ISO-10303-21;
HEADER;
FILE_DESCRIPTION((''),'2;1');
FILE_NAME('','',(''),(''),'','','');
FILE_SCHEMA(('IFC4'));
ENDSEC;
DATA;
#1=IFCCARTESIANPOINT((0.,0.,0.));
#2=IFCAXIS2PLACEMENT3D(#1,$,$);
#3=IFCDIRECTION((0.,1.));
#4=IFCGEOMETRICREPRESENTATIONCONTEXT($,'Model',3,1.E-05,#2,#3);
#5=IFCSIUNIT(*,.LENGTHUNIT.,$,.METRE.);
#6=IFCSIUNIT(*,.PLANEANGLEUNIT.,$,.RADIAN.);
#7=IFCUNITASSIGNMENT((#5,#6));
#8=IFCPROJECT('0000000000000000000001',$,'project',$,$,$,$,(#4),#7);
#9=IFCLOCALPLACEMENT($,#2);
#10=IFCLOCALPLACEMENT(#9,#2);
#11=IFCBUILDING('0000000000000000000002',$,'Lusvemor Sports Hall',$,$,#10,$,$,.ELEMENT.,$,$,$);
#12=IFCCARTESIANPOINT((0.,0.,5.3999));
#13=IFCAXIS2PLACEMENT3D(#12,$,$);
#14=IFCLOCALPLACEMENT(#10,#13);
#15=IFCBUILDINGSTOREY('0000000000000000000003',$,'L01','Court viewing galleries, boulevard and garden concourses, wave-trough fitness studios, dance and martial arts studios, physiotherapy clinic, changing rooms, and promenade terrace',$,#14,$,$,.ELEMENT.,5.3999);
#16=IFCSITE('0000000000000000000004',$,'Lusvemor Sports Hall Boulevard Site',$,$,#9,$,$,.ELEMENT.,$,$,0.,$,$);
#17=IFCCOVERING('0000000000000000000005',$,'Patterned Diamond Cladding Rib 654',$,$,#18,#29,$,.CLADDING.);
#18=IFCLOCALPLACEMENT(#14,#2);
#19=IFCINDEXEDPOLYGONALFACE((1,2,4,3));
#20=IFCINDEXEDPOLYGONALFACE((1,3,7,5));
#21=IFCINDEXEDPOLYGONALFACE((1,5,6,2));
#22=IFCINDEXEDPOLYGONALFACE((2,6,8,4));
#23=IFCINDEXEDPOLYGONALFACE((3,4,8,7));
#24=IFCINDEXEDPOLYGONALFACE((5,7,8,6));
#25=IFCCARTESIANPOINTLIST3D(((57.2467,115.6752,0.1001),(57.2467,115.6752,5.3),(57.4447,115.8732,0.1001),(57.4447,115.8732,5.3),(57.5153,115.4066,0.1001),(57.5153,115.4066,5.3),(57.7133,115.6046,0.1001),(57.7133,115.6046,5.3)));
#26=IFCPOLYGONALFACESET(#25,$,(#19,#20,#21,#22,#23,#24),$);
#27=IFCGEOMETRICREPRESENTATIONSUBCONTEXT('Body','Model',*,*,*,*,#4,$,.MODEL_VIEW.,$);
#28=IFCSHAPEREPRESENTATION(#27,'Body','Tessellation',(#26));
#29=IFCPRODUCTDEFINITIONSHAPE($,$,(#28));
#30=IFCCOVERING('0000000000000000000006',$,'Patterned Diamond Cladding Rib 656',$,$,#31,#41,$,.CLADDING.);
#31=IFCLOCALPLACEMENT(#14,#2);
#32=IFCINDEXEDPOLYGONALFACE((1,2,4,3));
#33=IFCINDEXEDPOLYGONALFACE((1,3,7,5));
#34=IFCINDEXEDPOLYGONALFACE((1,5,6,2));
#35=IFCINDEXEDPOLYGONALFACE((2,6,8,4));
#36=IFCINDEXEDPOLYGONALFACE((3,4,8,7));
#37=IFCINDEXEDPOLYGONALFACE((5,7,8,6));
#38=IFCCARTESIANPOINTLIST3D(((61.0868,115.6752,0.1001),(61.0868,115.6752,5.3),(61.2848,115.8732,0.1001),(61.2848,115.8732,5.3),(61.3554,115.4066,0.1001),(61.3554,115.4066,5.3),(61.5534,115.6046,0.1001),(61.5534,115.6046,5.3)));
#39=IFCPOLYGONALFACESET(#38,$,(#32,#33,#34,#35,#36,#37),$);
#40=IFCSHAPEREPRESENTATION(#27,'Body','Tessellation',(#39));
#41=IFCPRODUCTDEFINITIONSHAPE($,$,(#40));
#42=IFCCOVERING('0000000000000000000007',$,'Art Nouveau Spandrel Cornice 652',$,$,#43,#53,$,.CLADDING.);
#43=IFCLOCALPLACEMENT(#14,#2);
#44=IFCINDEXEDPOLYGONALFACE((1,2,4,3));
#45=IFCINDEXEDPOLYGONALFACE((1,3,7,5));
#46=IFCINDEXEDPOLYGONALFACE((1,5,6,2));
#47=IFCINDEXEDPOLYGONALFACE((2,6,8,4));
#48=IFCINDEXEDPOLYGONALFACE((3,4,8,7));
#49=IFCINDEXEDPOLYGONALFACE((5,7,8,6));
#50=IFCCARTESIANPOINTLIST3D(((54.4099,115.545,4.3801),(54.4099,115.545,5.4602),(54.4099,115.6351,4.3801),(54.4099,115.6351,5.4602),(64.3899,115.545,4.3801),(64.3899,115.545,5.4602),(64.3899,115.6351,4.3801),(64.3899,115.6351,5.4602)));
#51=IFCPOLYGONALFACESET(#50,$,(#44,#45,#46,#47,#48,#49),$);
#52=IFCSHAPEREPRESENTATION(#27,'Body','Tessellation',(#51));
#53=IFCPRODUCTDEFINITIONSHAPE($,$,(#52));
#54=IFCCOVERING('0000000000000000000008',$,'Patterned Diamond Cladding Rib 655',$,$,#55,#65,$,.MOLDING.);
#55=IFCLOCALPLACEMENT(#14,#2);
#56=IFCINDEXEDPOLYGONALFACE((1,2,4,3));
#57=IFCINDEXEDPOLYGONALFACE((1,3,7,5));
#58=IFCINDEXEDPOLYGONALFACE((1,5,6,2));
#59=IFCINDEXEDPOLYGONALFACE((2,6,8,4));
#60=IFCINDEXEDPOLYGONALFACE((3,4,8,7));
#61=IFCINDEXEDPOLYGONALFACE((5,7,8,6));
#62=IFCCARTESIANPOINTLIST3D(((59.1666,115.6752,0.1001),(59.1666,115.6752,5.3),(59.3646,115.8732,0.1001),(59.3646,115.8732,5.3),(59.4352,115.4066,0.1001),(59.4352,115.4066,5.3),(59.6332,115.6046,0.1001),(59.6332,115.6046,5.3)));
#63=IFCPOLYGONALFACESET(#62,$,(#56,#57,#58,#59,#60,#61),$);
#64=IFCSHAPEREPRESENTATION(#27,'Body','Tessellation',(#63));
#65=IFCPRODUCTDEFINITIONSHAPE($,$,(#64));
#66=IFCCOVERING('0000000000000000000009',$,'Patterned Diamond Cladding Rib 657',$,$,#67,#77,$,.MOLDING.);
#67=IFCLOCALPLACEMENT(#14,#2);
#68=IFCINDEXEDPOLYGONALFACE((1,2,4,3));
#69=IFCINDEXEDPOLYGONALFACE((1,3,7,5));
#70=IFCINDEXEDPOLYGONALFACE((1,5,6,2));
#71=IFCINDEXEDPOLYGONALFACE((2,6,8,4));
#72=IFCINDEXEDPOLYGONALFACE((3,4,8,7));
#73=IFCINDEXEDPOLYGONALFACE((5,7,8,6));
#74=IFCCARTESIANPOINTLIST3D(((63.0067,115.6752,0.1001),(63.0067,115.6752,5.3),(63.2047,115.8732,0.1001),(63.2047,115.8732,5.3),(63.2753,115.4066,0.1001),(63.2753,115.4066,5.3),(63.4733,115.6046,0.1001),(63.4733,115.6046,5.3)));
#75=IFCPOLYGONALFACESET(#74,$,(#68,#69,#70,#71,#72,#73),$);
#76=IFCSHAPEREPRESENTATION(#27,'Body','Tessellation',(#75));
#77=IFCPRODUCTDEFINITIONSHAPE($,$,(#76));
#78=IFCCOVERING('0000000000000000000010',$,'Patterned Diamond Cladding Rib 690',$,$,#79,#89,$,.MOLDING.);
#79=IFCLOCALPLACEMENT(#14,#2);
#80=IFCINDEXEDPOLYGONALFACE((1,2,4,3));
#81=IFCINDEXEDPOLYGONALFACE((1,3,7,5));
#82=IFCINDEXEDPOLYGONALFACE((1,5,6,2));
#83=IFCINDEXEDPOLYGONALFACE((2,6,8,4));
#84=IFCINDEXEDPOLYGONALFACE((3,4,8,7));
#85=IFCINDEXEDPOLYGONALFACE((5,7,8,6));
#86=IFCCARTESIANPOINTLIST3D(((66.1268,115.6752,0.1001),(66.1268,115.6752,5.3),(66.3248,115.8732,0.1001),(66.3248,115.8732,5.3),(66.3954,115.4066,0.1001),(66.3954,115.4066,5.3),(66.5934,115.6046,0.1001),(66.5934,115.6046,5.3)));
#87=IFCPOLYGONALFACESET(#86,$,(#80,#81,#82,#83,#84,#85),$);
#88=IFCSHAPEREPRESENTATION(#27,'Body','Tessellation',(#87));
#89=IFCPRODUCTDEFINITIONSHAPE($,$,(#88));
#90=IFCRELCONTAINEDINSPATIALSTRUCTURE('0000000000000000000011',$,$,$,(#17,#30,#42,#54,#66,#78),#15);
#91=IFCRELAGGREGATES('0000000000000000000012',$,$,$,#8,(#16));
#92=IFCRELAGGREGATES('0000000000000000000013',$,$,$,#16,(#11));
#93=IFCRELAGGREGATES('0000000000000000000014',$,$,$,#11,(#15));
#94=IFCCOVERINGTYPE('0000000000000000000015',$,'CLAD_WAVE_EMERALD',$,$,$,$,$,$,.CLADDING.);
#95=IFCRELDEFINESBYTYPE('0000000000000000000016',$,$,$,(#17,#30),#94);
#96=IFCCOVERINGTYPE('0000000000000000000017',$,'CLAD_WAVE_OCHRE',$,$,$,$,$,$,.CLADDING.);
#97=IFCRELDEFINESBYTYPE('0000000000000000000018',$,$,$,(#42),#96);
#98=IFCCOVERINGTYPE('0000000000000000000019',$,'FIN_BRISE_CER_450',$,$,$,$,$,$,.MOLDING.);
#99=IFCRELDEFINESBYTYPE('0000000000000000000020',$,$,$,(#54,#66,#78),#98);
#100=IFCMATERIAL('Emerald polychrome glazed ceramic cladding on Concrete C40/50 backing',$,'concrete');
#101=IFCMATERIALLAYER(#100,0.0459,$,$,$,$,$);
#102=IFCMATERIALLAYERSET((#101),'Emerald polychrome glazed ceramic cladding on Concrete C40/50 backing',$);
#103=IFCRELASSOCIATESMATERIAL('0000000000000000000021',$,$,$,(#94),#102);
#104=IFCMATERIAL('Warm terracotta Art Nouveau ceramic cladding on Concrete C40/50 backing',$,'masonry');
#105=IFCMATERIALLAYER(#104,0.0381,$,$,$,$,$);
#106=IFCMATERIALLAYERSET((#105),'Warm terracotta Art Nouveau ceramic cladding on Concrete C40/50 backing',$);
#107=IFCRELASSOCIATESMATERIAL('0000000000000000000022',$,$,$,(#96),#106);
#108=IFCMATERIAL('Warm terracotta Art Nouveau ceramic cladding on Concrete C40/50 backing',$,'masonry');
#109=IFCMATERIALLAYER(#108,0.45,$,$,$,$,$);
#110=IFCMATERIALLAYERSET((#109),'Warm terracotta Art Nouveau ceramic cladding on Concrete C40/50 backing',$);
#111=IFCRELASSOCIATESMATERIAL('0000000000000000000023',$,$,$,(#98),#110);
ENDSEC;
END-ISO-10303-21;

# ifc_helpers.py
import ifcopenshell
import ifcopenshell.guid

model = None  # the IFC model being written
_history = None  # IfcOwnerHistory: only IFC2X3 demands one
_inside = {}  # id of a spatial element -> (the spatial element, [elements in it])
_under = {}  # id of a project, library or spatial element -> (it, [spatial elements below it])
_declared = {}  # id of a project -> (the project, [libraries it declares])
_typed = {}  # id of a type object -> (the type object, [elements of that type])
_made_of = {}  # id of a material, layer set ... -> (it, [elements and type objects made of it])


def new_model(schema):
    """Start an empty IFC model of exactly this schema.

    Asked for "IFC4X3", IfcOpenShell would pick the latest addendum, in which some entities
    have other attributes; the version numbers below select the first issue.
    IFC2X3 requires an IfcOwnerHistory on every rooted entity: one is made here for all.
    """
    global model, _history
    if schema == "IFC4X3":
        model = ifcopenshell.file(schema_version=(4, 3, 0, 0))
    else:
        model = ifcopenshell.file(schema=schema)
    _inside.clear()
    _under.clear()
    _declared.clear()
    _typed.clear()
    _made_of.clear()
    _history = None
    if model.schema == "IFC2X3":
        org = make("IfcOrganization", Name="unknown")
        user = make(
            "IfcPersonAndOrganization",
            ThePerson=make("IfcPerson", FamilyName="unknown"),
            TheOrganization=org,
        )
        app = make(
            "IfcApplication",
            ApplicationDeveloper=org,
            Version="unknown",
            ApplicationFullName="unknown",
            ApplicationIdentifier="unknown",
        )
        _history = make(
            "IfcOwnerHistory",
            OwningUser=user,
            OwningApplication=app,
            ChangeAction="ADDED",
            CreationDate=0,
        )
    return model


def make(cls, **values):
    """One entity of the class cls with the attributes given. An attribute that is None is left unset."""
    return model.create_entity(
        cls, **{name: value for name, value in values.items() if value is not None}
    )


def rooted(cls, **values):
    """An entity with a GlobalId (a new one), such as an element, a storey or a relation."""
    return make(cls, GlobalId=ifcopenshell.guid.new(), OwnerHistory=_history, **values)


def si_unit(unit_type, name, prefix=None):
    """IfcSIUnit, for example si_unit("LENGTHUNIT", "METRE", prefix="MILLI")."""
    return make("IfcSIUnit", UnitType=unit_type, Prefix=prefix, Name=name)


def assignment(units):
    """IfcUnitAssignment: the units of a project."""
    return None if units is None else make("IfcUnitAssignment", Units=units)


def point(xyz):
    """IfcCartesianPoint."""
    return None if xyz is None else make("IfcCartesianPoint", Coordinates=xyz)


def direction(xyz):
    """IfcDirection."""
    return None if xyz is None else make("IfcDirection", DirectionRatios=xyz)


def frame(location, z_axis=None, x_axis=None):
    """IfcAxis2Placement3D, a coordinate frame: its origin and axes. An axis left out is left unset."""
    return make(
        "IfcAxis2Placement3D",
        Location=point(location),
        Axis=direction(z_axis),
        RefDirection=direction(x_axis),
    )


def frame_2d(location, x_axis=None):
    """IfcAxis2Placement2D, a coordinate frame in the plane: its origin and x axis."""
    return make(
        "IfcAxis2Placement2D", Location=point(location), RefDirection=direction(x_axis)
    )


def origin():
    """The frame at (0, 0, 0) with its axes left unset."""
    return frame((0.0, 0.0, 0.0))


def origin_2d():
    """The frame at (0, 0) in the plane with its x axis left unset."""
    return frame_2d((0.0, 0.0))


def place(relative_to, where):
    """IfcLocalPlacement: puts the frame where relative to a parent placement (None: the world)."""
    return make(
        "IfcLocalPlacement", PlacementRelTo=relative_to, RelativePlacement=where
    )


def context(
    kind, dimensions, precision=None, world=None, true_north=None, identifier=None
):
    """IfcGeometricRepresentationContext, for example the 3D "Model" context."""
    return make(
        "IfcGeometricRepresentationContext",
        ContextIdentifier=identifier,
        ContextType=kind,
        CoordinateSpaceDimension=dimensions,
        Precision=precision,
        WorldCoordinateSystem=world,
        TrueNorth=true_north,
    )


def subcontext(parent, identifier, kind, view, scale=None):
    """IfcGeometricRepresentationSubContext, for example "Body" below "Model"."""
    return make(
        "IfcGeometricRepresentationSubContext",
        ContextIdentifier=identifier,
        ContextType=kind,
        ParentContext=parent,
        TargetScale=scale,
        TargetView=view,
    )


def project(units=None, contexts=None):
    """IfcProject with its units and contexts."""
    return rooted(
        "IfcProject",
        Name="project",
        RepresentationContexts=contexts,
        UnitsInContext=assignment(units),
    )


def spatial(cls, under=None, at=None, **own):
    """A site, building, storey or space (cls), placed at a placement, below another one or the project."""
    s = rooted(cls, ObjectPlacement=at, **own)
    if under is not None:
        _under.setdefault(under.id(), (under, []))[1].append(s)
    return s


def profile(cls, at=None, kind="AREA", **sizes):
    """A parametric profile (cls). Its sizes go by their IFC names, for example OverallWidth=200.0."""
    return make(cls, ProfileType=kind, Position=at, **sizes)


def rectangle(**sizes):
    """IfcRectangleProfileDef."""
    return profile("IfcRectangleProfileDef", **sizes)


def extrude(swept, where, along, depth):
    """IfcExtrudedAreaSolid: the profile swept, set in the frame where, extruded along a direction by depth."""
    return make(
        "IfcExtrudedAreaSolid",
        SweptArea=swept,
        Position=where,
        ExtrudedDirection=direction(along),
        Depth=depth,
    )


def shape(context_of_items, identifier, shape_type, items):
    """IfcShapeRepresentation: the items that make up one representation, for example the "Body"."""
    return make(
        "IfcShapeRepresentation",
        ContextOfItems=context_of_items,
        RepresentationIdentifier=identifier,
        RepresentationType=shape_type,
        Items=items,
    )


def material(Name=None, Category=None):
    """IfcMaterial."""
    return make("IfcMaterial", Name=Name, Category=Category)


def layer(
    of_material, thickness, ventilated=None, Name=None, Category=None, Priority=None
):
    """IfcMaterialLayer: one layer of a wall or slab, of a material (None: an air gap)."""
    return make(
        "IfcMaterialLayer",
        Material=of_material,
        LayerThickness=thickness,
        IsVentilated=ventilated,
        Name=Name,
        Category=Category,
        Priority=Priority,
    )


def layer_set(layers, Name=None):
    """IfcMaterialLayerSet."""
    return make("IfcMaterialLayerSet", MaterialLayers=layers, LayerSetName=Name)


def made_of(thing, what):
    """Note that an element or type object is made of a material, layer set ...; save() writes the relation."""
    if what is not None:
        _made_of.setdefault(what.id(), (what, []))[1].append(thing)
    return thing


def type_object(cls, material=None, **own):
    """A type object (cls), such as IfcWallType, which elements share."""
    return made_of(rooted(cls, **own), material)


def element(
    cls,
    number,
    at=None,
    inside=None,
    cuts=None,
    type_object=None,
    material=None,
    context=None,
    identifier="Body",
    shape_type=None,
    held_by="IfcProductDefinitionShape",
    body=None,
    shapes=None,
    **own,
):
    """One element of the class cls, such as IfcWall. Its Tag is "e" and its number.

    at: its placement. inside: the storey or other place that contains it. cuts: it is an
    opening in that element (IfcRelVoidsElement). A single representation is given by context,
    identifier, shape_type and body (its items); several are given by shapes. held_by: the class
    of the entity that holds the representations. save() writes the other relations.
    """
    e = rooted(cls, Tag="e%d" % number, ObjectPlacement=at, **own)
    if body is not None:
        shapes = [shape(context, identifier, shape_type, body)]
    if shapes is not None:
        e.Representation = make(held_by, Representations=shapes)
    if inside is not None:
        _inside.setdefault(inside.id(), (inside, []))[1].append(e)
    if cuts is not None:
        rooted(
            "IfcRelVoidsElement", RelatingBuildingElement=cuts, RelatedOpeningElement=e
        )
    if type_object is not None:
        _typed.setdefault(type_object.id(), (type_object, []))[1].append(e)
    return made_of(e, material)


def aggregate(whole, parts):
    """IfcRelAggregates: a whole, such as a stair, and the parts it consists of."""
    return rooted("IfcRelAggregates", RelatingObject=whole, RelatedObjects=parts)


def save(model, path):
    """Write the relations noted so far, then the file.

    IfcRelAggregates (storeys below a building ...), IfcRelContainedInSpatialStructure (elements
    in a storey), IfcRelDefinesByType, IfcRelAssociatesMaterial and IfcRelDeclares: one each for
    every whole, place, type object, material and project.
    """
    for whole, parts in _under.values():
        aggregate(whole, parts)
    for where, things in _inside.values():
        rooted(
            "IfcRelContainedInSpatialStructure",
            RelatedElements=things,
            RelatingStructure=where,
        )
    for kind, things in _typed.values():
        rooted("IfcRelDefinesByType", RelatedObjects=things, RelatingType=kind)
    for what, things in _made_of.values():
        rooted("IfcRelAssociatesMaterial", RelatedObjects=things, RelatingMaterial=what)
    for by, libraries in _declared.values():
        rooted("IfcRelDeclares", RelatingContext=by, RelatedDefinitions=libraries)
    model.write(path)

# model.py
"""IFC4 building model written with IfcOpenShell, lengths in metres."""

from ifc_helpers import new_model, si_unit, direction, frame, origin, origin_2d, place, context, subcontext, project, spatial, rectangle, extrude, material, layer, layer_set, type_object, element, save


model = new_model("IFC4")

# Units and contexts
model_context = context("Model", 3, precision=1e-05, world=origin(), true_north=direction((0.0, 1.0)))
body_context = subcontext(model_context, "Body", "Model", "MODEL_VIEW")
ifc_project = project(units=[si_unit("LENGTHUNIT", "METRE"), si_unit("PLANEANGLEUNIT", "RADIAN")], contexts=[model_context])

# Site, building, storey
site_placement = place(None, origin())
site = spatial("IfcSite", under=ifc_project, at=site_placement, Name="Lusvemor Sports Hall Boulevard Site", CompositionType="ELEMENT", RefElevation=0.0)
building_placement = place(site_placement, origin())
building = spatial("IfcBuilding", under=site, at=building_placement, Name="Lusvemor Sports Hall", CompositionType="ELEMENT")
storey_placement = place(building_placement, frame((0.0, 0.0, 5.3999)))
storey = spatial("IfcBuildingStorey", under=building, at=storey_placement, Name="L01", Description="Court viewing galleries, boulevard and garden concourses, wave-trough fitness studios, dance and martial arts studios, physiotherapy clinic, changing rooms, and promenade terrace", CompositionType="ELEMENT", Elevation=5.3999)

# Coverings
ifc_material_1 = material(Name="Emerald polychrome glazed ceramic cladding on Concrete C40/50 backing", Category="concrete")
ifc_layer_1 = layer(ifc_material_1, 0.0459)
ifc_layer_set_1 = layer_set([ifc_layer_1], Name="Emerald polychrome glazed ceramic cladding on Concrete C40/50 backing")
covering_type_1 = type_object("IfcCoveringType", Name="CLAD_WAVE_EMERALD", PredefinedType="CLADDING", material=ifc_layer_set_1)
for number, where, z_axis, x_axis, name in (
    (1, (57.48, 115.6399, 0.1001), (0.0, 0.0, 1.0), (0.707107, 0.707107, 0.0), "Patterned Diamond Cladding Rib 654"),
    (2, (61.3201, 115.6399, 0.1001), (0.0, 0.0, 1.0), (0.707107, 0.707107, 0.0), "Patterned Diamond Cladding Rib 656"),
):
    element("IfcCovering", number, at=place(storey_placement, frame(where, z_axis=z_axis, x_axis=x_axis)), inside=storey, type_object=covering_type_1, Name=name, PredefinedType="CLADDING", context=body_context, shape_type="SweptSolid", body=[
        extrude(rectangle(XDim=0.28, YDim=0.3799, at=origin_2d()), origin(), (0.0, 0.0, 1.0), 5.2),
    ])
ifc_material_2 = material(Name="Warm terracotta Art Nouveau ceramic cladding on Concrete C40/50 backing", Category="masonry")
ifc_layer_2 = layer(ifc_material_2, 0.0381)
ifc_layer_set_2 = layer_set([ifc_layer_2], Name="Warm terracotta Art Nouveau ceramic cladding on Concrete C40/50 backing")
covering_type_2 = type_object("IfcCoveringType", Name="CLAD_WAVE_OCHRE", PredefinedType="CLADDING", material=ifc_layer_set_2)
covering_placement = place(storey_placement, frame((59.3999, 115.5901, 4.3801), z_axis=(0.0, 0.0, 1.0), x_axis=(1.0, 0.0, 0.0)))
element("IfcCovering", 3, at=covering_placement, inside=storey, type_object=covering_type_2, Name="Art Nouveau Spandrel Cornice 652", PredefinedType="CLADDING", context=body_context, shape_type="SweptSolid", body=[
    extrude(rectangle(XDim=9.98, YDim=0.0901, at=origin_2d()), origin(), (0.0, 0.0, 1.0), 1.0801),
])
ifc_material_3 = material(Name="Warm terracotta Art Nouveau ceramic cladding on Concrete C40/50 backing", Category="masonry")
ifc_layer_3 = layer(ifc_material_3, 0.45)
ifc_layer_set_3 = layer_set([ifc_layer_3], Name="Warm terracotta Art Nouveau ceramic cladding on Concrete C40/50 backing")
covering_type_3 = type_object("IfcCoveringType", Name="FIN_BRISE_CER_450", PredefinedType="MOLDING", material=ifc_layer_set_3)
for number, where, z_axis, x_axis, name in (
    (4, (59.3999, 115.6399, 0.1001), (0.0, 0.0, 1.0), (0.707107, 0.707107, 0.0), "Patterned Diamond Cladding Rib 655"),
    (5, (63.24, 115.6399, 0.1001), (0.0, 0.0, 1.0), (0.707107, 0.707107, 0.0), "Patterned Diamond Cladding Rib 657"),
    (6, (66.3601, 115.6399, 0.1001), (0.0, 0.0, 1.0), (0.707107, 0.707107, 0.0), "Patterned Diamond Cladding Rib 690"),
):
    element("IfcCovering", number, at=place(storey_placement, frame(where, z_axis=z_axis, x_axis=x_axis)), inside=storey, type_object=covering_type_3, Name=name, PredefinedType="MOLDING", context=body_context, shape_type="SweptSolid", body=[
        extrude(rectangle(XDim=0.28, YDim=0.3799, at=origin_2d()), origin(), (0.0, 0.0, 1.0), 5.2),
    ])

save(model, "model.ifc")
